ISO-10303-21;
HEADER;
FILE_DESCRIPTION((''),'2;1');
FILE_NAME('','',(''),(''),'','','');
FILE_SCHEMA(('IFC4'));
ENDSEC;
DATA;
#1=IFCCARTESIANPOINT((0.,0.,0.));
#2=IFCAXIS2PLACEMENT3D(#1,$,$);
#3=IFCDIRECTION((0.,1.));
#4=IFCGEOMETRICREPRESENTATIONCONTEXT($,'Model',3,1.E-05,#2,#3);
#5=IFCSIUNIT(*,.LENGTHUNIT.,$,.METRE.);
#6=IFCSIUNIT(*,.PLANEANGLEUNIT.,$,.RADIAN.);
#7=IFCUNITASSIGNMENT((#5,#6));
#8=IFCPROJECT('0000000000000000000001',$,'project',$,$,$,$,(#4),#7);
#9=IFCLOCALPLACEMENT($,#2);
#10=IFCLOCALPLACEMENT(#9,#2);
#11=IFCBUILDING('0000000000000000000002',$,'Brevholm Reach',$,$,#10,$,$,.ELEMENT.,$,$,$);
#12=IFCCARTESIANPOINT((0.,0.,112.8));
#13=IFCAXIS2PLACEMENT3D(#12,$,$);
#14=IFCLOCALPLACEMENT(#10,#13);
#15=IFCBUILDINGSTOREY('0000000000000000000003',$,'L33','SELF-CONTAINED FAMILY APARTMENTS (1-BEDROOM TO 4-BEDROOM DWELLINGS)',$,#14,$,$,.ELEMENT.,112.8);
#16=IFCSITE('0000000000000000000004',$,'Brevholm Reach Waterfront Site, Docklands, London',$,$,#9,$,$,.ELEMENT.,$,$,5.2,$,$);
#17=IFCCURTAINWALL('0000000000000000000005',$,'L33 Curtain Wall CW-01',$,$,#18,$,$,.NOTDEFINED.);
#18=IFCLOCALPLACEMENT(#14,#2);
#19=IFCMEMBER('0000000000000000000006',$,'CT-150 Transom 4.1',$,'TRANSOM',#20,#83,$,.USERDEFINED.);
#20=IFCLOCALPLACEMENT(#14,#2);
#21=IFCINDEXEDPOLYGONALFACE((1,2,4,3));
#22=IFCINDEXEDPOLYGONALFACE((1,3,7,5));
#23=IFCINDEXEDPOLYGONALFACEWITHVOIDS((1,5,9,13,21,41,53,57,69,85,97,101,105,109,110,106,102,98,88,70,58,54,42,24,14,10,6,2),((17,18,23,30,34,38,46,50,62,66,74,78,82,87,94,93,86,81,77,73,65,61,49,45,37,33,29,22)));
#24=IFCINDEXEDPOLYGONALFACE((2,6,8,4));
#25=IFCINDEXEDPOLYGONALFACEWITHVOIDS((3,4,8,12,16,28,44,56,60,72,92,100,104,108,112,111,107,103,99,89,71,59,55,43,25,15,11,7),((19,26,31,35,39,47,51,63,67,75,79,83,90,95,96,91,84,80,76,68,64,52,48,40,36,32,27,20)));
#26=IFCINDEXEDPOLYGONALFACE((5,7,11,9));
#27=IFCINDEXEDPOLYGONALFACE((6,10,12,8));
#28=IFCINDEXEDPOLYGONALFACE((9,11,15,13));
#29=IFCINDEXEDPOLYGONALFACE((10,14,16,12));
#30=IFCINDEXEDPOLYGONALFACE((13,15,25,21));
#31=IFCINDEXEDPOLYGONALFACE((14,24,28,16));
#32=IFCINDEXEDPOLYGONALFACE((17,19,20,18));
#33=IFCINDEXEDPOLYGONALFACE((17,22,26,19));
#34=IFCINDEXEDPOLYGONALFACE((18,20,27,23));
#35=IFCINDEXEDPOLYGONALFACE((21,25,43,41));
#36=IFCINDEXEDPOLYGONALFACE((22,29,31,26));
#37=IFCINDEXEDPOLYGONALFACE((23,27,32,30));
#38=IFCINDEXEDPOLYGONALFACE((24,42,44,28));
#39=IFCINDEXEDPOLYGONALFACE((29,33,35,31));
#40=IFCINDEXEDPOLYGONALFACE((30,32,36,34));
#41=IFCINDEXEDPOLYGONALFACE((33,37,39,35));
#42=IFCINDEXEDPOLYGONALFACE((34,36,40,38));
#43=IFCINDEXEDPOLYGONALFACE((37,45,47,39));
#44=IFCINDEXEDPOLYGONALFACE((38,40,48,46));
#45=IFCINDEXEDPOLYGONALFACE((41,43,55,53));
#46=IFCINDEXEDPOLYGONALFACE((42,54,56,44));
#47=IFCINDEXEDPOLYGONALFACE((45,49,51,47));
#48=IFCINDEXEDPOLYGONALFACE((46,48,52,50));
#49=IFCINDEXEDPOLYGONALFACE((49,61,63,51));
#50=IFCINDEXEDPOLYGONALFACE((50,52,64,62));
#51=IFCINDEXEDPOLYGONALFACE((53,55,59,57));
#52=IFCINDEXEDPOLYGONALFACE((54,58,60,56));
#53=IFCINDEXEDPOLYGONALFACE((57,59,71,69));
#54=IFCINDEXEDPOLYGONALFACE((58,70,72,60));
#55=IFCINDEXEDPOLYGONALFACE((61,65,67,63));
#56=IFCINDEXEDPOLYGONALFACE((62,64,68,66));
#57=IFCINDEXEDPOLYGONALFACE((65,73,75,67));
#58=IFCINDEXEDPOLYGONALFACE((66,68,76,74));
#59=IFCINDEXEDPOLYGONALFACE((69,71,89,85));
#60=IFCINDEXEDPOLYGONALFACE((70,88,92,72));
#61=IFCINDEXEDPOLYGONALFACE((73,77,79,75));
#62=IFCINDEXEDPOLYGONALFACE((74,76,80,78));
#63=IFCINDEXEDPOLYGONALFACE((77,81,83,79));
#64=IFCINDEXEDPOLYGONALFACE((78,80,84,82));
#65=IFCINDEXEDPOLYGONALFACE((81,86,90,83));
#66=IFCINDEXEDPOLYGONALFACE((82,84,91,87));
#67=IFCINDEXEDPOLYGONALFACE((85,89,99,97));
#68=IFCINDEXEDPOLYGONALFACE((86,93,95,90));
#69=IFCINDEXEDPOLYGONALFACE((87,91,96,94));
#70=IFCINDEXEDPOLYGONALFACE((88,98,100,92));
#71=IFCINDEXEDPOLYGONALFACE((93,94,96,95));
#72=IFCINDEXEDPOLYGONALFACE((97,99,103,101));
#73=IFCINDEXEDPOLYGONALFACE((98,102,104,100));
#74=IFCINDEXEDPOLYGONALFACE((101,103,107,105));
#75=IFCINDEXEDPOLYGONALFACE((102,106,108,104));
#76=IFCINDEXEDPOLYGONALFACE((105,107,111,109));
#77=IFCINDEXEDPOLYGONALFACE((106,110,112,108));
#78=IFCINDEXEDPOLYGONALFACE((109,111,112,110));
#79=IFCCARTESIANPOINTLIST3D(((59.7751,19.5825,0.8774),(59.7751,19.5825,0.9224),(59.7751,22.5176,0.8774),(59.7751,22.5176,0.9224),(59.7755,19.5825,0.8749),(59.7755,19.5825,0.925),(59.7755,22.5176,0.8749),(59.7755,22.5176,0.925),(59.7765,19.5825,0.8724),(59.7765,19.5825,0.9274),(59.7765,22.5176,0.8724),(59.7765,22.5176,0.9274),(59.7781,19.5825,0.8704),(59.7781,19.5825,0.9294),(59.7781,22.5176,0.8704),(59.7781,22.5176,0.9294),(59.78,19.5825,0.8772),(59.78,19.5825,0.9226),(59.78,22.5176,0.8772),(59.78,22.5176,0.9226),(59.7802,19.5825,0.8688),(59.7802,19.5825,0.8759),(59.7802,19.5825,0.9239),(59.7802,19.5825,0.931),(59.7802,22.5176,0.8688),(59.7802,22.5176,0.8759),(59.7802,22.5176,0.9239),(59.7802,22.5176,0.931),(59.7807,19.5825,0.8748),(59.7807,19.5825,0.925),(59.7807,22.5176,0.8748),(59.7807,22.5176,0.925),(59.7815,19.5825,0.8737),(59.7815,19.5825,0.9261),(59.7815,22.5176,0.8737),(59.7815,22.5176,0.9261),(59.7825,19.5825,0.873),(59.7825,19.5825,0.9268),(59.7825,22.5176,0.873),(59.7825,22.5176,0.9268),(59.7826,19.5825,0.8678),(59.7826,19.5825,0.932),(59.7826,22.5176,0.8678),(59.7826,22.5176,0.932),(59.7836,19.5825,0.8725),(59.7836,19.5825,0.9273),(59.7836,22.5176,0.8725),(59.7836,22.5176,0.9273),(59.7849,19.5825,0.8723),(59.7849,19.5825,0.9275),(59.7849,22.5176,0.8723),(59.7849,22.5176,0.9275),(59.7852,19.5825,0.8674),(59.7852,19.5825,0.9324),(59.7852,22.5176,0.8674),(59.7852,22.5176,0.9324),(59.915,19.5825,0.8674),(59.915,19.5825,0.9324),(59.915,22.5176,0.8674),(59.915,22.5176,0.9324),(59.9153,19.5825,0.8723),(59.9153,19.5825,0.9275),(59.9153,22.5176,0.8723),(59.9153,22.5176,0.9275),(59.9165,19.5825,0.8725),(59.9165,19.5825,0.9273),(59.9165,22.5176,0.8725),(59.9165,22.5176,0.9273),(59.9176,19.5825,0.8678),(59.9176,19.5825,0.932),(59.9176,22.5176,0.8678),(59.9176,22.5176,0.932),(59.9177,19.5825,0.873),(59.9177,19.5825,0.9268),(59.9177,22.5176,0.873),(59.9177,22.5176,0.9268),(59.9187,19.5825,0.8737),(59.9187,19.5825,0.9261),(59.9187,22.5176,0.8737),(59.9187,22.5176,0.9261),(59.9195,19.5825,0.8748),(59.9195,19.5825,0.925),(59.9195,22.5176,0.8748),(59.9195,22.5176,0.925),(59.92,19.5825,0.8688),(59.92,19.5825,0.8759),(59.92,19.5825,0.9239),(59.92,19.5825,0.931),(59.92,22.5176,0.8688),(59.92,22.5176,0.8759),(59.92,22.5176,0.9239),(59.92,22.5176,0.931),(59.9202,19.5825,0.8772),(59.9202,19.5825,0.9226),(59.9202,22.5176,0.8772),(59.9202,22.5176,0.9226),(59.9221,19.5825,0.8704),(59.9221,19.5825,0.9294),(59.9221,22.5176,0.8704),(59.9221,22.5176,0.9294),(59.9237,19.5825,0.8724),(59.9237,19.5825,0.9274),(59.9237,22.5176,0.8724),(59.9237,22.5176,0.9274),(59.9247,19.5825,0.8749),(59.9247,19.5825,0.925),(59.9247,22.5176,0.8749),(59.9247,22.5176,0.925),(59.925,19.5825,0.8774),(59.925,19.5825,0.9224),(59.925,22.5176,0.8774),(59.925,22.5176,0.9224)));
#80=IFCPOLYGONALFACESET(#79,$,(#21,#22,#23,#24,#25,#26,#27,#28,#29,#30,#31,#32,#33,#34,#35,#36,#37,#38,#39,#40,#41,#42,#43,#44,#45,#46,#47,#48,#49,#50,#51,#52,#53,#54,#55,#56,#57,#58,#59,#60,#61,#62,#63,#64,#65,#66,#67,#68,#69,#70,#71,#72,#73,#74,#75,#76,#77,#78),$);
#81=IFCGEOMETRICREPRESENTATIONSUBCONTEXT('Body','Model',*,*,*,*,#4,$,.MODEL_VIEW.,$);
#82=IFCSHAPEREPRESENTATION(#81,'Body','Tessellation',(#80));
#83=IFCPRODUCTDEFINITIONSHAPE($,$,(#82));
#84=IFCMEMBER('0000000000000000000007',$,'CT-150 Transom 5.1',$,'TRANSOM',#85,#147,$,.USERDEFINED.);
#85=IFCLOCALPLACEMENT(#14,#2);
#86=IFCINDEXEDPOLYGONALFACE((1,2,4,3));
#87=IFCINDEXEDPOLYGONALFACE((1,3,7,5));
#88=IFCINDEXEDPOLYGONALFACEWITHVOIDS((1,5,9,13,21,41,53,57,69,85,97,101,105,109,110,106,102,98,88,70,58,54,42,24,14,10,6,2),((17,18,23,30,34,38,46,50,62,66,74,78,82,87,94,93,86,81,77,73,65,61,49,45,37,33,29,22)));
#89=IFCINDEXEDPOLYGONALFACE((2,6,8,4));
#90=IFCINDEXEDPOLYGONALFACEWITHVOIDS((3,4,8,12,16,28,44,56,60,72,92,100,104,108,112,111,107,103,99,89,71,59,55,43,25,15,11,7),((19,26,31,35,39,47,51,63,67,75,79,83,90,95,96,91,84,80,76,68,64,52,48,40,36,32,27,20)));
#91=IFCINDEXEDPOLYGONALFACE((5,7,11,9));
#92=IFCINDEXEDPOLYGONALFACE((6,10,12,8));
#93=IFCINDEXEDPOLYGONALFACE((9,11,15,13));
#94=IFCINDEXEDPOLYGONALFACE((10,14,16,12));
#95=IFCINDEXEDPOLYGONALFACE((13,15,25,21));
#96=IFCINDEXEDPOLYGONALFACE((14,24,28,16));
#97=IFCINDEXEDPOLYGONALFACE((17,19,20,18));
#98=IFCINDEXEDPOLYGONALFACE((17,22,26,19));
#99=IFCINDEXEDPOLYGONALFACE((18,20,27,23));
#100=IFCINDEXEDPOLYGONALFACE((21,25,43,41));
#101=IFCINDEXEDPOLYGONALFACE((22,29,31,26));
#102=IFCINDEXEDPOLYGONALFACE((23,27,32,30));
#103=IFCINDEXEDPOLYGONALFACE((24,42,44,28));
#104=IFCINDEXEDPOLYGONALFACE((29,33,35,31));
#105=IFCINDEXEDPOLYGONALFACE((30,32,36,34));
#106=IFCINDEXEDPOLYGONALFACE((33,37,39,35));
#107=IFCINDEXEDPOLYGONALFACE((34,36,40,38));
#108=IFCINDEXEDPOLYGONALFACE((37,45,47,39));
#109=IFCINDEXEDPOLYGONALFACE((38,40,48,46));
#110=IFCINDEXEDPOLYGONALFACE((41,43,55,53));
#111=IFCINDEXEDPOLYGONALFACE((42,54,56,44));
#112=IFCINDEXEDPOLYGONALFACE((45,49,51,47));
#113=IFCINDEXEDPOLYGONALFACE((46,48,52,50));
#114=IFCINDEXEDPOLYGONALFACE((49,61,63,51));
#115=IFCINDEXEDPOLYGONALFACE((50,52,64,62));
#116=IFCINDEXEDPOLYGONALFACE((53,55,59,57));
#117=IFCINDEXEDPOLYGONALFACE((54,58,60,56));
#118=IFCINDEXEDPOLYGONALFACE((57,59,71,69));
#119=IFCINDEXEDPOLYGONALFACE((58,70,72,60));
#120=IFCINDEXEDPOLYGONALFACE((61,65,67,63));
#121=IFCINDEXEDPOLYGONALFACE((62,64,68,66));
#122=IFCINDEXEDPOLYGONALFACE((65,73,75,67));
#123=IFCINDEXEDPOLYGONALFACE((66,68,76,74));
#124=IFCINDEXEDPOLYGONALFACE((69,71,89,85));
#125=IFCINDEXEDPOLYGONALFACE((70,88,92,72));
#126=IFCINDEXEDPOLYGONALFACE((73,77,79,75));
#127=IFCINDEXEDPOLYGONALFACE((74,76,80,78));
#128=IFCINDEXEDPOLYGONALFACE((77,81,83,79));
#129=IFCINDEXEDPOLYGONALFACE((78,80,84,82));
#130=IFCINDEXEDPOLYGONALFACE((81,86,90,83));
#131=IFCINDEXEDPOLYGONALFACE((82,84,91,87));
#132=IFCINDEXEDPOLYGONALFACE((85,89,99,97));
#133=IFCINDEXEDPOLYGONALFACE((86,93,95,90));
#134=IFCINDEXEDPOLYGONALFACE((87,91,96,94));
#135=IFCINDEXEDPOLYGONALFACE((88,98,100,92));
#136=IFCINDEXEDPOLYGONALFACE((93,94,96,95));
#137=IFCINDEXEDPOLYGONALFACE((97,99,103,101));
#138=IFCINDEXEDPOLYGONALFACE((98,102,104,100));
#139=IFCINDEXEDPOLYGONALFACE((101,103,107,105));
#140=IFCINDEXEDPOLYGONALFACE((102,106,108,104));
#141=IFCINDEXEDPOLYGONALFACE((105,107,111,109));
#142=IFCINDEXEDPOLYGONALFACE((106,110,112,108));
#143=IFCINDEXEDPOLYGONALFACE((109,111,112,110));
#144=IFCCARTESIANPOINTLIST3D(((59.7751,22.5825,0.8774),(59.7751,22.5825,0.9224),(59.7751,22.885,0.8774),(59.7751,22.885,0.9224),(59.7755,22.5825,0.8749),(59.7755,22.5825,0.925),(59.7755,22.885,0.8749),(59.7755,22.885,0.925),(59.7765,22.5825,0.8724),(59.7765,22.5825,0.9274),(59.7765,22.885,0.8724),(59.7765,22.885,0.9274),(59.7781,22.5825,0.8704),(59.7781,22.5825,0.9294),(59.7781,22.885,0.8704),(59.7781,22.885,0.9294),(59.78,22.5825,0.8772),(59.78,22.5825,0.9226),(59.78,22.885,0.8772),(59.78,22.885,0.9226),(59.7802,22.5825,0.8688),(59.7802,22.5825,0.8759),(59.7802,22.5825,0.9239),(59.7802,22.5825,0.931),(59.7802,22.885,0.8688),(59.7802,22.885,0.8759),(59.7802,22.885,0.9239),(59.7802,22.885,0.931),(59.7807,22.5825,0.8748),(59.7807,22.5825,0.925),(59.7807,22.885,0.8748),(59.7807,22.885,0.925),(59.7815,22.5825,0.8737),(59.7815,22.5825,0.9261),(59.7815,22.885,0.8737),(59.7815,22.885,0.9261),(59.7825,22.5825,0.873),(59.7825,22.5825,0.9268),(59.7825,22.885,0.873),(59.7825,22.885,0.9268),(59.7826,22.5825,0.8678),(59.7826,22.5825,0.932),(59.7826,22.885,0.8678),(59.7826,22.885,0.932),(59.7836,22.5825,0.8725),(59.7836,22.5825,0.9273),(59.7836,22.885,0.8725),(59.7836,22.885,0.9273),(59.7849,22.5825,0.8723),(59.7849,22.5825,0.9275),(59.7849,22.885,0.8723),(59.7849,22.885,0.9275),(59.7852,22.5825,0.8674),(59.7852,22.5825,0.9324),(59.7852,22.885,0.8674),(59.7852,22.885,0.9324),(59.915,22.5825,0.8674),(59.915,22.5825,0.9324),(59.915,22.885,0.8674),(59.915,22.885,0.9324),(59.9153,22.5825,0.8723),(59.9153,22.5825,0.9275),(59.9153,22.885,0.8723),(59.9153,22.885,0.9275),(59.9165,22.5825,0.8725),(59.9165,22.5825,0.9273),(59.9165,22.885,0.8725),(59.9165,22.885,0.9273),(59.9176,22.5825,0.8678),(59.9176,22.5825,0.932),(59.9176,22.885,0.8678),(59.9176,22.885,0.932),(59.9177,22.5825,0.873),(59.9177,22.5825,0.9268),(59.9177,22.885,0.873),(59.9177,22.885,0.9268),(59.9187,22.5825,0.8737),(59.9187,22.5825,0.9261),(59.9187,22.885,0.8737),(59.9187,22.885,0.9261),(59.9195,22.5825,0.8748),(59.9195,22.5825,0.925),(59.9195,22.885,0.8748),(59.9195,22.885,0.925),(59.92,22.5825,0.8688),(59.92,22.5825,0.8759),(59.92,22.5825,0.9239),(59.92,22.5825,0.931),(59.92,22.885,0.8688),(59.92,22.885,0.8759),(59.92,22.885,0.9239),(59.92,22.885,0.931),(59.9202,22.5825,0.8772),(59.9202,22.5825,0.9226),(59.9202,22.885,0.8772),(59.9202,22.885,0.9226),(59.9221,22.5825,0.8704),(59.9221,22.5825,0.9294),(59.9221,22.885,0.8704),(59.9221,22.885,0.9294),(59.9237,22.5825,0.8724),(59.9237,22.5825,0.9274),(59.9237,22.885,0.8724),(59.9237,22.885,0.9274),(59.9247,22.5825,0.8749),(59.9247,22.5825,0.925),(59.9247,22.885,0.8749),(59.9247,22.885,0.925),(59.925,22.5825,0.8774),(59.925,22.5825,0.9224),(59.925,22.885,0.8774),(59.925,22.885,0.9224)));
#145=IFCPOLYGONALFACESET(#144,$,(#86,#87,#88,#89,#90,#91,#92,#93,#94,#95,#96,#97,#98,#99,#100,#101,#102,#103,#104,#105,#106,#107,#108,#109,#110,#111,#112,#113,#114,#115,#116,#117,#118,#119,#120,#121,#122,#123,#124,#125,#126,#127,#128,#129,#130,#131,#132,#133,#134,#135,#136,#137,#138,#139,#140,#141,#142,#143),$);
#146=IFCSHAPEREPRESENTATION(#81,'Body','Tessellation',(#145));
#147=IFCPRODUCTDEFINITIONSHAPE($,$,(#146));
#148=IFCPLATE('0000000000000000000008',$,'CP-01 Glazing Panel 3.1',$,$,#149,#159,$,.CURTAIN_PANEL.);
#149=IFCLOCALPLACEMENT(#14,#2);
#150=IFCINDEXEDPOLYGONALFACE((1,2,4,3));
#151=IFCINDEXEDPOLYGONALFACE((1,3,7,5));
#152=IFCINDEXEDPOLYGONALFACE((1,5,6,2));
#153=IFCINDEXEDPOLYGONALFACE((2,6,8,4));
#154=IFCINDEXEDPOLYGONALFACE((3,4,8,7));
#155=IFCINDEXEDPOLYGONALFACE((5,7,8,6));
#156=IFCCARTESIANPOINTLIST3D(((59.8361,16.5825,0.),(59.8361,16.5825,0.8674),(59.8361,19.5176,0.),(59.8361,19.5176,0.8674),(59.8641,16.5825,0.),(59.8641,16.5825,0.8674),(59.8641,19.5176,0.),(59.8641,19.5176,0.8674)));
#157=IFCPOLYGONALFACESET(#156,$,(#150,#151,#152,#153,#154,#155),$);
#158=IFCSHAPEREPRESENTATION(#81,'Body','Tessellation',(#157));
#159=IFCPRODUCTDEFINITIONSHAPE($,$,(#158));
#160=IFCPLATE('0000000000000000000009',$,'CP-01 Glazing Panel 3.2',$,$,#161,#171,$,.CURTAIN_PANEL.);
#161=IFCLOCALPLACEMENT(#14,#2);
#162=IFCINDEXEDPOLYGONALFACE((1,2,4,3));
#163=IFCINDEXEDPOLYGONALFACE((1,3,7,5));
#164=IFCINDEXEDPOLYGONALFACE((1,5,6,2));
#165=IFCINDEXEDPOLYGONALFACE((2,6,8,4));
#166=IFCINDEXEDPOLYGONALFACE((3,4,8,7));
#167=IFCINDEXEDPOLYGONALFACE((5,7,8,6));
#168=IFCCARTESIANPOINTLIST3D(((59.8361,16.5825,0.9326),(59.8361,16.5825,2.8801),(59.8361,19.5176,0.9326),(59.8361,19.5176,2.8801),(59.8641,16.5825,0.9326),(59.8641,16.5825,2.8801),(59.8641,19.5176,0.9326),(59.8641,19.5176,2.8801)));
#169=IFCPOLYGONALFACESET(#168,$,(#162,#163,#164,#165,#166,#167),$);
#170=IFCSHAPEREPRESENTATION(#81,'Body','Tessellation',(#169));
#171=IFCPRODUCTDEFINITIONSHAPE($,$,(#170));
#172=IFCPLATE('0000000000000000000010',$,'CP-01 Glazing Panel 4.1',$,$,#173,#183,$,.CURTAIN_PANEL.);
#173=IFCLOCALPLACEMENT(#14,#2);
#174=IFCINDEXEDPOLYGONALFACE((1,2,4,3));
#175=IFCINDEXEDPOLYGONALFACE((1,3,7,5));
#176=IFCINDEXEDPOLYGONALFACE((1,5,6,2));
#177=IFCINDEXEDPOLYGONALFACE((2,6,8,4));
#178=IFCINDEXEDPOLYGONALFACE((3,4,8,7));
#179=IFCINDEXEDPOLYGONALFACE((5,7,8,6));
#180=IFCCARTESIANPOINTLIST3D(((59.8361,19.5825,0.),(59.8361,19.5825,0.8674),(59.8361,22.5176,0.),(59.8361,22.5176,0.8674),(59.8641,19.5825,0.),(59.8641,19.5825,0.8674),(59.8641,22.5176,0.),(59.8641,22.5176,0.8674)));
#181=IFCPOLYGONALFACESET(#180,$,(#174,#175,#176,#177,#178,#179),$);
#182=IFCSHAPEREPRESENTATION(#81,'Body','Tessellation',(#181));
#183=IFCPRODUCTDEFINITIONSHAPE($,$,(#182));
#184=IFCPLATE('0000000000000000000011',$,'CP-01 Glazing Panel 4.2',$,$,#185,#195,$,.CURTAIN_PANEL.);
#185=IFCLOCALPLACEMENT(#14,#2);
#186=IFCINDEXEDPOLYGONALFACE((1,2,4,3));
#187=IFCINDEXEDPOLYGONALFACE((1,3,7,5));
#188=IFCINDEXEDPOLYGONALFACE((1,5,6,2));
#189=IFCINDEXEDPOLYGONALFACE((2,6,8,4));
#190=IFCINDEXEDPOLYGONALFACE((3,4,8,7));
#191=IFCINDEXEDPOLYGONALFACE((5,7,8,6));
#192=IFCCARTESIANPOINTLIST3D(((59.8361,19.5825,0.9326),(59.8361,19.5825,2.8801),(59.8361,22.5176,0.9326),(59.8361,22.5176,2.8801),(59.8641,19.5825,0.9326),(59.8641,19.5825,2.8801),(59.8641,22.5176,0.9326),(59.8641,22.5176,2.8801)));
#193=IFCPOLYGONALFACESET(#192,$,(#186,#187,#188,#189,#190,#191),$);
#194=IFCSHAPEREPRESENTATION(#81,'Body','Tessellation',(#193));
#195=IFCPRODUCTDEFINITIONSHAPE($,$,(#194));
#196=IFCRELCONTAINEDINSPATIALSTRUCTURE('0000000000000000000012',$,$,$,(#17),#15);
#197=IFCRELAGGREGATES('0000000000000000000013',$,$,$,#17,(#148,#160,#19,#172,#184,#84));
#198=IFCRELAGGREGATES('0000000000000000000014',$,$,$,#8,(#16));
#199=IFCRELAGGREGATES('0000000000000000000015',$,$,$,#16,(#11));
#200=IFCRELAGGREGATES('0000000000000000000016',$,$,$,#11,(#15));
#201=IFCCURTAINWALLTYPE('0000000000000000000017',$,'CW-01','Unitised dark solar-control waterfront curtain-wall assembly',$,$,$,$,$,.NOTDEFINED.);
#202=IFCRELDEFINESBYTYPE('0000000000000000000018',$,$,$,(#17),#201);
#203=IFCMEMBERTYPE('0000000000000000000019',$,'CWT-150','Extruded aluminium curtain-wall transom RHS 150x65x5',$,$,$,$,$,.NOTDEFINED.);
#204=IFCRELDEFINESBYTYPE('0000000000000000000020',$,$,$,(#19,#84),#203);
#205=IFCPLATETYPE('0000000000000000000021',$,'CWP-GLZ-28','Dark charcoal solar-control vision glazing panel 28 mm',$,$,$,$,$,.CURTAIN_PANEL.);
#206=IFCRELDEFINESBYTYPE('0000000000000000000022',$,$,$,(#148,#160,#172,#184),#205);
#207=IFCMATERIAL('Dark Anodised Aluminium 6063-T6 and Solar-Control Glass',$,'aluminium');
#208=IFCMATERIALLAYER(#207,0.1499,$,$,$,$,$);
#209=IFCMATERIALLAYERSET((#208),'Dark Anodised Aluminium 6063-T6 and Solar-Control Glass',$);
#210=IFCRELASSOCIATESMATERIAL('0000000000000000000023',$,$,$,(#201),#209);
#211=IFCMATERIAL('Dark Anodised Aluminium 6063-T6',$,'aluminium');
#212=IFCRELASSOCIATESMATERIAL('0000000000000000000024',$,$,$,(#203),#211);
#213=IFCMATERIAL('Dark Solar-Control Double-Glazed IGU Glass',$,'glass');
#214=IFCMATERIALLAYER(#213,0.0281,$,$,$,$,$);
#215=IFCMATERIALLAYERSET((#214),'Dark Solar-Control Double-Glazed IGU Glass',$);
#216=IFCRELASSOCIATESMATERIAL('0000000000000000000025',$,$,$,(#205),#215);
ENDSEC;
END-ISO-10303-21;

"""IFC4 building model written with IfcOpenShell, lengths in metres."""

from ifc_helpers import new_model, si_unit, direction, frame, origin, origin_2d, place, context, subcontext, project, spatial, rectangle, hollow_rectangle, extrude, material, layer, layer_set, material_profile, profile_set, type_object, element, aggregate, save


model = new_model("IFC4")

# Units and contexts
model_context = context("Model", 3, precision=1e-05, world=origin(), true_north=direction((0.0, 1.0)))
body_context = subcontext(model_context, "Body", "Model", "MODEL_VIEW")
ifc_project = project(units=[si_unit("LENGTHUNIT", "METRE"), si_unit("PLANEANGLEUNIT", "RADIAN")], contexts=[model_context])

# Site, building, storey
site_placement = place(None, origin())
site = spatial("IfcSite", under=ifc_project, at=site_placement, Name="Brevholm Reach Waterfront Site, Docklands, London", CompositionType="ELEMENT", RefElevation=5.2)
building_placement = place(site_placement, origin())
building = spatial("IfcBuilding", under=site, at=building_placement, Name="Brevholm Reach", CompositionType="ELEMENT")
storey_placement = place(building_placement, frame((0.0, 0.0, 112.8)))
storey = spatial("IfcBuildingStorey", under=building, at=storey_placement, Name="L33", Description="SELF-CONTAINED FAMILY APARTMENTS (1-BEDROOM TO 4-BEDROOM DWELLINGS)", CompositionType="ELEMENT", Elevation=112.8)

# Curtain wall, members, plates
ifc_material_1 = material(Name="Dark Anodised Aluminium 6063-T6 and Solar-Control Glass", Category="aluminium")
ifc_layer_1 = layer(ifc_material_1, 0.1499)
ifc_layer_set_1 = layer_set([ifc_layer_1], Name="Dark Anodised Aluminium 6063-T6 and Solar-Control Glass")
curtain_wall_type = type_object("IfcCurtainWallType", Name="CW-01", Description="Unitised dark solar-control waterfront curtain-wall assembly", PredefinedType="NOTDEFINED", material=ifc_layer_set_1)
curtain_wall_placement = place(storey_placement, origin())
curtain_wall = element("IfcCurtainWall", 1, at=curtain_wall_placement, inside=storey, type_object=curtain_wall_type, Name="L33 Curtain Wall CW-01", PredefinedType="NOTDEFINED")
ifc_material_2 = material(Name="Dark Anodised Aluminium 6063-T6", Category="aluminium")
ifc_material_profile_1 = material_profile(ifc_material_2, hollow_rectangle(XDim=0.0649, YDim=0.1499, WallThickness=0.0049, InnerFilletRadius=0.0049, OuterFilletRadius=0.01, at=origin_2d()), Name="RHS 150x65x5")
ifc_profile_set_1 = profile_set([ifc_material_profile_1], Name="Dark Anodised Aluminium 6063-T6")
member_type_1 = type_object("IfcMemberType", Name="CWT-150", Description="Extruded aluminium curtain-wall transom RHS 150x65x5", PredefinedType="NOTDEFINED", material=ifc_profile_set_1)
member_1_placement = place(storey_placement, frame((59.8501, 19.5825, 0.8999), z_axis=(0.0, 1.0, 0.0), x_axis=(0.0, 0.0, 1.0)))
member_1 = element("IfcMember", 2, at=member_1_placement, type_object=member_type_1, Name="CT-150 Transom 4.1", ObjectType="TRANSOM", PredefinedType="USERDEFINED", context=body_context, shape_type="SweptSolid", body=[
    extrude(hollow_rectangle(XDim=0.0649, YDim=0.1499, WallThickness=0.0049, InnerFilletRadius=0.0049, OuterFilletRadius=0.01, at=origin_2d()), origin(), (0.0, 0.0, 1.0), 2.9351),
])
member_2_placement = place(storey_placement, frame((59.8501, 22.5825, 0.8999), z_axis=(0.0, 1.0, 0.0), x_axis=(0.0, 0.0, 1.0)))
member_2 = element("IfcMember", 3, at=member_2_placement, type_object=member_type_1, Name="CT-150 Transom 5.1", ObjectType="TRANSOM", PredefinedType="USERDEFINED", context=body_context, shape_type="SweptSolid", body=[
    extrude(hollow_rectangle(XDim=0.0649, YDim=0.1499, WallThickness=0.0049, InnerFilletRadius=0.0049, OuterFilletRadius=0.01, at=origin_2d()), origin(), (0.0, 0.0, 1.0), 0.3025),
])
ifc_material_3 = material(Name="Dark Solar-Control Double-Glazed IGU Glass", Category="glass")
ifc_layer_2 = layer(ifc_material_3, 0.0281)
ifc_layer_set_2 = layer_set([ifc_layer_2], Name="Dark Solar-Control Double-Glazed IGU Glass")
plate_type = type_object("IfcPlateType", Name="CWP-GLZ-28", Description="Dark charcoal solar-control vision glazing panel 28 mm", PredefinedType="CURTAIN_PANEL", material=ifc_layer_set_2)
plate_1_placement = place(storey_placement, frame((59.8501, 18.05, 0.0), z_axis=(0.0, 0.0, 1.0), x_axis=(0.0, 1.0, 0.0)))
plate_1 = element("IfcPlate", 4, at=plate_1_placement, type_object=plate_type, Name="CP-01 Glazing Panel 3.1", PredefinedType="CURTAIN_PANEL", context=body_context, shape_type="SweptSolid", body=[
    extrude(rectangle(XDim=2.9351, YDim=0.0281, at=origin_2d()), origin(), (0.0, 0.0, 1.0), 0.8674),
])
plate_2_placement = place(storey_placement, frame((59.8501, 18.05, 0.9326), z_axis=(0.0, 0.0, 1.0), x_axis=(0.0, 1.0, 0.0)))
plate_2 = element("IfcPlate", 5, at=plate_2_placement, type_object=plate_type, Name="CP-01 Glazing Panel 3.2", PredefinedType="CURTAIN_PANEL", context=body_context, shape_type="SweptSolid", body=[
    extrude(rectangle(XDim=2.9351, YDim=0.0281, at=origin_2d()), origin(), (0.0, 0.0, 1.0), 1.9475),
])
plate_3_placement = place(storey_placement, frame((59.8501, 21.05, 0.0), z_axis=(0.0, 0.0, 1.0), x_axis=(0.0, 1.0, 0.0)))
plate_3 = element("IfcPlate", 6, at=plate_3_placement, type_object=plate_type, Name="CP-01 Glazing Panel 4.1", PredefinedType="CURTAIN_PANEL", context=body_context, shape_type="SweptSolid", body=[
    extrude(rectangle(XDim=2.9351, YDim=0.0281, at=origin_2d()), origin(), (0.0, 0.0, 1.0), 0.8674),
])
plate_4_placement = place(storey_placement, frame((59.8501, 21.05, 0.9326), z_axis=(0.0, 0.0, 1.0), x_axis=(0.0, 1.0, 0.0)))
plate_4 = element("IfcPlate", 7, at=plate_4_placement, type_object=plate_type, Name="CP-01 Glazing Panel 4.2", PredefinedType="CURTAIN_PANEL", context=body_context, shape_type="SweptSolid", body=[
    extrude(rectangle(XDim=2.9351, YDim=0.0281, at=origin_2d()), origin(), (0.0, 0.0, 1.0), 1.9475),
])
aggregate(curtain_wall, [plate_1, plate_2, member_1, plate_3, plate_4, member_2])

save(model, "model.ifc")
